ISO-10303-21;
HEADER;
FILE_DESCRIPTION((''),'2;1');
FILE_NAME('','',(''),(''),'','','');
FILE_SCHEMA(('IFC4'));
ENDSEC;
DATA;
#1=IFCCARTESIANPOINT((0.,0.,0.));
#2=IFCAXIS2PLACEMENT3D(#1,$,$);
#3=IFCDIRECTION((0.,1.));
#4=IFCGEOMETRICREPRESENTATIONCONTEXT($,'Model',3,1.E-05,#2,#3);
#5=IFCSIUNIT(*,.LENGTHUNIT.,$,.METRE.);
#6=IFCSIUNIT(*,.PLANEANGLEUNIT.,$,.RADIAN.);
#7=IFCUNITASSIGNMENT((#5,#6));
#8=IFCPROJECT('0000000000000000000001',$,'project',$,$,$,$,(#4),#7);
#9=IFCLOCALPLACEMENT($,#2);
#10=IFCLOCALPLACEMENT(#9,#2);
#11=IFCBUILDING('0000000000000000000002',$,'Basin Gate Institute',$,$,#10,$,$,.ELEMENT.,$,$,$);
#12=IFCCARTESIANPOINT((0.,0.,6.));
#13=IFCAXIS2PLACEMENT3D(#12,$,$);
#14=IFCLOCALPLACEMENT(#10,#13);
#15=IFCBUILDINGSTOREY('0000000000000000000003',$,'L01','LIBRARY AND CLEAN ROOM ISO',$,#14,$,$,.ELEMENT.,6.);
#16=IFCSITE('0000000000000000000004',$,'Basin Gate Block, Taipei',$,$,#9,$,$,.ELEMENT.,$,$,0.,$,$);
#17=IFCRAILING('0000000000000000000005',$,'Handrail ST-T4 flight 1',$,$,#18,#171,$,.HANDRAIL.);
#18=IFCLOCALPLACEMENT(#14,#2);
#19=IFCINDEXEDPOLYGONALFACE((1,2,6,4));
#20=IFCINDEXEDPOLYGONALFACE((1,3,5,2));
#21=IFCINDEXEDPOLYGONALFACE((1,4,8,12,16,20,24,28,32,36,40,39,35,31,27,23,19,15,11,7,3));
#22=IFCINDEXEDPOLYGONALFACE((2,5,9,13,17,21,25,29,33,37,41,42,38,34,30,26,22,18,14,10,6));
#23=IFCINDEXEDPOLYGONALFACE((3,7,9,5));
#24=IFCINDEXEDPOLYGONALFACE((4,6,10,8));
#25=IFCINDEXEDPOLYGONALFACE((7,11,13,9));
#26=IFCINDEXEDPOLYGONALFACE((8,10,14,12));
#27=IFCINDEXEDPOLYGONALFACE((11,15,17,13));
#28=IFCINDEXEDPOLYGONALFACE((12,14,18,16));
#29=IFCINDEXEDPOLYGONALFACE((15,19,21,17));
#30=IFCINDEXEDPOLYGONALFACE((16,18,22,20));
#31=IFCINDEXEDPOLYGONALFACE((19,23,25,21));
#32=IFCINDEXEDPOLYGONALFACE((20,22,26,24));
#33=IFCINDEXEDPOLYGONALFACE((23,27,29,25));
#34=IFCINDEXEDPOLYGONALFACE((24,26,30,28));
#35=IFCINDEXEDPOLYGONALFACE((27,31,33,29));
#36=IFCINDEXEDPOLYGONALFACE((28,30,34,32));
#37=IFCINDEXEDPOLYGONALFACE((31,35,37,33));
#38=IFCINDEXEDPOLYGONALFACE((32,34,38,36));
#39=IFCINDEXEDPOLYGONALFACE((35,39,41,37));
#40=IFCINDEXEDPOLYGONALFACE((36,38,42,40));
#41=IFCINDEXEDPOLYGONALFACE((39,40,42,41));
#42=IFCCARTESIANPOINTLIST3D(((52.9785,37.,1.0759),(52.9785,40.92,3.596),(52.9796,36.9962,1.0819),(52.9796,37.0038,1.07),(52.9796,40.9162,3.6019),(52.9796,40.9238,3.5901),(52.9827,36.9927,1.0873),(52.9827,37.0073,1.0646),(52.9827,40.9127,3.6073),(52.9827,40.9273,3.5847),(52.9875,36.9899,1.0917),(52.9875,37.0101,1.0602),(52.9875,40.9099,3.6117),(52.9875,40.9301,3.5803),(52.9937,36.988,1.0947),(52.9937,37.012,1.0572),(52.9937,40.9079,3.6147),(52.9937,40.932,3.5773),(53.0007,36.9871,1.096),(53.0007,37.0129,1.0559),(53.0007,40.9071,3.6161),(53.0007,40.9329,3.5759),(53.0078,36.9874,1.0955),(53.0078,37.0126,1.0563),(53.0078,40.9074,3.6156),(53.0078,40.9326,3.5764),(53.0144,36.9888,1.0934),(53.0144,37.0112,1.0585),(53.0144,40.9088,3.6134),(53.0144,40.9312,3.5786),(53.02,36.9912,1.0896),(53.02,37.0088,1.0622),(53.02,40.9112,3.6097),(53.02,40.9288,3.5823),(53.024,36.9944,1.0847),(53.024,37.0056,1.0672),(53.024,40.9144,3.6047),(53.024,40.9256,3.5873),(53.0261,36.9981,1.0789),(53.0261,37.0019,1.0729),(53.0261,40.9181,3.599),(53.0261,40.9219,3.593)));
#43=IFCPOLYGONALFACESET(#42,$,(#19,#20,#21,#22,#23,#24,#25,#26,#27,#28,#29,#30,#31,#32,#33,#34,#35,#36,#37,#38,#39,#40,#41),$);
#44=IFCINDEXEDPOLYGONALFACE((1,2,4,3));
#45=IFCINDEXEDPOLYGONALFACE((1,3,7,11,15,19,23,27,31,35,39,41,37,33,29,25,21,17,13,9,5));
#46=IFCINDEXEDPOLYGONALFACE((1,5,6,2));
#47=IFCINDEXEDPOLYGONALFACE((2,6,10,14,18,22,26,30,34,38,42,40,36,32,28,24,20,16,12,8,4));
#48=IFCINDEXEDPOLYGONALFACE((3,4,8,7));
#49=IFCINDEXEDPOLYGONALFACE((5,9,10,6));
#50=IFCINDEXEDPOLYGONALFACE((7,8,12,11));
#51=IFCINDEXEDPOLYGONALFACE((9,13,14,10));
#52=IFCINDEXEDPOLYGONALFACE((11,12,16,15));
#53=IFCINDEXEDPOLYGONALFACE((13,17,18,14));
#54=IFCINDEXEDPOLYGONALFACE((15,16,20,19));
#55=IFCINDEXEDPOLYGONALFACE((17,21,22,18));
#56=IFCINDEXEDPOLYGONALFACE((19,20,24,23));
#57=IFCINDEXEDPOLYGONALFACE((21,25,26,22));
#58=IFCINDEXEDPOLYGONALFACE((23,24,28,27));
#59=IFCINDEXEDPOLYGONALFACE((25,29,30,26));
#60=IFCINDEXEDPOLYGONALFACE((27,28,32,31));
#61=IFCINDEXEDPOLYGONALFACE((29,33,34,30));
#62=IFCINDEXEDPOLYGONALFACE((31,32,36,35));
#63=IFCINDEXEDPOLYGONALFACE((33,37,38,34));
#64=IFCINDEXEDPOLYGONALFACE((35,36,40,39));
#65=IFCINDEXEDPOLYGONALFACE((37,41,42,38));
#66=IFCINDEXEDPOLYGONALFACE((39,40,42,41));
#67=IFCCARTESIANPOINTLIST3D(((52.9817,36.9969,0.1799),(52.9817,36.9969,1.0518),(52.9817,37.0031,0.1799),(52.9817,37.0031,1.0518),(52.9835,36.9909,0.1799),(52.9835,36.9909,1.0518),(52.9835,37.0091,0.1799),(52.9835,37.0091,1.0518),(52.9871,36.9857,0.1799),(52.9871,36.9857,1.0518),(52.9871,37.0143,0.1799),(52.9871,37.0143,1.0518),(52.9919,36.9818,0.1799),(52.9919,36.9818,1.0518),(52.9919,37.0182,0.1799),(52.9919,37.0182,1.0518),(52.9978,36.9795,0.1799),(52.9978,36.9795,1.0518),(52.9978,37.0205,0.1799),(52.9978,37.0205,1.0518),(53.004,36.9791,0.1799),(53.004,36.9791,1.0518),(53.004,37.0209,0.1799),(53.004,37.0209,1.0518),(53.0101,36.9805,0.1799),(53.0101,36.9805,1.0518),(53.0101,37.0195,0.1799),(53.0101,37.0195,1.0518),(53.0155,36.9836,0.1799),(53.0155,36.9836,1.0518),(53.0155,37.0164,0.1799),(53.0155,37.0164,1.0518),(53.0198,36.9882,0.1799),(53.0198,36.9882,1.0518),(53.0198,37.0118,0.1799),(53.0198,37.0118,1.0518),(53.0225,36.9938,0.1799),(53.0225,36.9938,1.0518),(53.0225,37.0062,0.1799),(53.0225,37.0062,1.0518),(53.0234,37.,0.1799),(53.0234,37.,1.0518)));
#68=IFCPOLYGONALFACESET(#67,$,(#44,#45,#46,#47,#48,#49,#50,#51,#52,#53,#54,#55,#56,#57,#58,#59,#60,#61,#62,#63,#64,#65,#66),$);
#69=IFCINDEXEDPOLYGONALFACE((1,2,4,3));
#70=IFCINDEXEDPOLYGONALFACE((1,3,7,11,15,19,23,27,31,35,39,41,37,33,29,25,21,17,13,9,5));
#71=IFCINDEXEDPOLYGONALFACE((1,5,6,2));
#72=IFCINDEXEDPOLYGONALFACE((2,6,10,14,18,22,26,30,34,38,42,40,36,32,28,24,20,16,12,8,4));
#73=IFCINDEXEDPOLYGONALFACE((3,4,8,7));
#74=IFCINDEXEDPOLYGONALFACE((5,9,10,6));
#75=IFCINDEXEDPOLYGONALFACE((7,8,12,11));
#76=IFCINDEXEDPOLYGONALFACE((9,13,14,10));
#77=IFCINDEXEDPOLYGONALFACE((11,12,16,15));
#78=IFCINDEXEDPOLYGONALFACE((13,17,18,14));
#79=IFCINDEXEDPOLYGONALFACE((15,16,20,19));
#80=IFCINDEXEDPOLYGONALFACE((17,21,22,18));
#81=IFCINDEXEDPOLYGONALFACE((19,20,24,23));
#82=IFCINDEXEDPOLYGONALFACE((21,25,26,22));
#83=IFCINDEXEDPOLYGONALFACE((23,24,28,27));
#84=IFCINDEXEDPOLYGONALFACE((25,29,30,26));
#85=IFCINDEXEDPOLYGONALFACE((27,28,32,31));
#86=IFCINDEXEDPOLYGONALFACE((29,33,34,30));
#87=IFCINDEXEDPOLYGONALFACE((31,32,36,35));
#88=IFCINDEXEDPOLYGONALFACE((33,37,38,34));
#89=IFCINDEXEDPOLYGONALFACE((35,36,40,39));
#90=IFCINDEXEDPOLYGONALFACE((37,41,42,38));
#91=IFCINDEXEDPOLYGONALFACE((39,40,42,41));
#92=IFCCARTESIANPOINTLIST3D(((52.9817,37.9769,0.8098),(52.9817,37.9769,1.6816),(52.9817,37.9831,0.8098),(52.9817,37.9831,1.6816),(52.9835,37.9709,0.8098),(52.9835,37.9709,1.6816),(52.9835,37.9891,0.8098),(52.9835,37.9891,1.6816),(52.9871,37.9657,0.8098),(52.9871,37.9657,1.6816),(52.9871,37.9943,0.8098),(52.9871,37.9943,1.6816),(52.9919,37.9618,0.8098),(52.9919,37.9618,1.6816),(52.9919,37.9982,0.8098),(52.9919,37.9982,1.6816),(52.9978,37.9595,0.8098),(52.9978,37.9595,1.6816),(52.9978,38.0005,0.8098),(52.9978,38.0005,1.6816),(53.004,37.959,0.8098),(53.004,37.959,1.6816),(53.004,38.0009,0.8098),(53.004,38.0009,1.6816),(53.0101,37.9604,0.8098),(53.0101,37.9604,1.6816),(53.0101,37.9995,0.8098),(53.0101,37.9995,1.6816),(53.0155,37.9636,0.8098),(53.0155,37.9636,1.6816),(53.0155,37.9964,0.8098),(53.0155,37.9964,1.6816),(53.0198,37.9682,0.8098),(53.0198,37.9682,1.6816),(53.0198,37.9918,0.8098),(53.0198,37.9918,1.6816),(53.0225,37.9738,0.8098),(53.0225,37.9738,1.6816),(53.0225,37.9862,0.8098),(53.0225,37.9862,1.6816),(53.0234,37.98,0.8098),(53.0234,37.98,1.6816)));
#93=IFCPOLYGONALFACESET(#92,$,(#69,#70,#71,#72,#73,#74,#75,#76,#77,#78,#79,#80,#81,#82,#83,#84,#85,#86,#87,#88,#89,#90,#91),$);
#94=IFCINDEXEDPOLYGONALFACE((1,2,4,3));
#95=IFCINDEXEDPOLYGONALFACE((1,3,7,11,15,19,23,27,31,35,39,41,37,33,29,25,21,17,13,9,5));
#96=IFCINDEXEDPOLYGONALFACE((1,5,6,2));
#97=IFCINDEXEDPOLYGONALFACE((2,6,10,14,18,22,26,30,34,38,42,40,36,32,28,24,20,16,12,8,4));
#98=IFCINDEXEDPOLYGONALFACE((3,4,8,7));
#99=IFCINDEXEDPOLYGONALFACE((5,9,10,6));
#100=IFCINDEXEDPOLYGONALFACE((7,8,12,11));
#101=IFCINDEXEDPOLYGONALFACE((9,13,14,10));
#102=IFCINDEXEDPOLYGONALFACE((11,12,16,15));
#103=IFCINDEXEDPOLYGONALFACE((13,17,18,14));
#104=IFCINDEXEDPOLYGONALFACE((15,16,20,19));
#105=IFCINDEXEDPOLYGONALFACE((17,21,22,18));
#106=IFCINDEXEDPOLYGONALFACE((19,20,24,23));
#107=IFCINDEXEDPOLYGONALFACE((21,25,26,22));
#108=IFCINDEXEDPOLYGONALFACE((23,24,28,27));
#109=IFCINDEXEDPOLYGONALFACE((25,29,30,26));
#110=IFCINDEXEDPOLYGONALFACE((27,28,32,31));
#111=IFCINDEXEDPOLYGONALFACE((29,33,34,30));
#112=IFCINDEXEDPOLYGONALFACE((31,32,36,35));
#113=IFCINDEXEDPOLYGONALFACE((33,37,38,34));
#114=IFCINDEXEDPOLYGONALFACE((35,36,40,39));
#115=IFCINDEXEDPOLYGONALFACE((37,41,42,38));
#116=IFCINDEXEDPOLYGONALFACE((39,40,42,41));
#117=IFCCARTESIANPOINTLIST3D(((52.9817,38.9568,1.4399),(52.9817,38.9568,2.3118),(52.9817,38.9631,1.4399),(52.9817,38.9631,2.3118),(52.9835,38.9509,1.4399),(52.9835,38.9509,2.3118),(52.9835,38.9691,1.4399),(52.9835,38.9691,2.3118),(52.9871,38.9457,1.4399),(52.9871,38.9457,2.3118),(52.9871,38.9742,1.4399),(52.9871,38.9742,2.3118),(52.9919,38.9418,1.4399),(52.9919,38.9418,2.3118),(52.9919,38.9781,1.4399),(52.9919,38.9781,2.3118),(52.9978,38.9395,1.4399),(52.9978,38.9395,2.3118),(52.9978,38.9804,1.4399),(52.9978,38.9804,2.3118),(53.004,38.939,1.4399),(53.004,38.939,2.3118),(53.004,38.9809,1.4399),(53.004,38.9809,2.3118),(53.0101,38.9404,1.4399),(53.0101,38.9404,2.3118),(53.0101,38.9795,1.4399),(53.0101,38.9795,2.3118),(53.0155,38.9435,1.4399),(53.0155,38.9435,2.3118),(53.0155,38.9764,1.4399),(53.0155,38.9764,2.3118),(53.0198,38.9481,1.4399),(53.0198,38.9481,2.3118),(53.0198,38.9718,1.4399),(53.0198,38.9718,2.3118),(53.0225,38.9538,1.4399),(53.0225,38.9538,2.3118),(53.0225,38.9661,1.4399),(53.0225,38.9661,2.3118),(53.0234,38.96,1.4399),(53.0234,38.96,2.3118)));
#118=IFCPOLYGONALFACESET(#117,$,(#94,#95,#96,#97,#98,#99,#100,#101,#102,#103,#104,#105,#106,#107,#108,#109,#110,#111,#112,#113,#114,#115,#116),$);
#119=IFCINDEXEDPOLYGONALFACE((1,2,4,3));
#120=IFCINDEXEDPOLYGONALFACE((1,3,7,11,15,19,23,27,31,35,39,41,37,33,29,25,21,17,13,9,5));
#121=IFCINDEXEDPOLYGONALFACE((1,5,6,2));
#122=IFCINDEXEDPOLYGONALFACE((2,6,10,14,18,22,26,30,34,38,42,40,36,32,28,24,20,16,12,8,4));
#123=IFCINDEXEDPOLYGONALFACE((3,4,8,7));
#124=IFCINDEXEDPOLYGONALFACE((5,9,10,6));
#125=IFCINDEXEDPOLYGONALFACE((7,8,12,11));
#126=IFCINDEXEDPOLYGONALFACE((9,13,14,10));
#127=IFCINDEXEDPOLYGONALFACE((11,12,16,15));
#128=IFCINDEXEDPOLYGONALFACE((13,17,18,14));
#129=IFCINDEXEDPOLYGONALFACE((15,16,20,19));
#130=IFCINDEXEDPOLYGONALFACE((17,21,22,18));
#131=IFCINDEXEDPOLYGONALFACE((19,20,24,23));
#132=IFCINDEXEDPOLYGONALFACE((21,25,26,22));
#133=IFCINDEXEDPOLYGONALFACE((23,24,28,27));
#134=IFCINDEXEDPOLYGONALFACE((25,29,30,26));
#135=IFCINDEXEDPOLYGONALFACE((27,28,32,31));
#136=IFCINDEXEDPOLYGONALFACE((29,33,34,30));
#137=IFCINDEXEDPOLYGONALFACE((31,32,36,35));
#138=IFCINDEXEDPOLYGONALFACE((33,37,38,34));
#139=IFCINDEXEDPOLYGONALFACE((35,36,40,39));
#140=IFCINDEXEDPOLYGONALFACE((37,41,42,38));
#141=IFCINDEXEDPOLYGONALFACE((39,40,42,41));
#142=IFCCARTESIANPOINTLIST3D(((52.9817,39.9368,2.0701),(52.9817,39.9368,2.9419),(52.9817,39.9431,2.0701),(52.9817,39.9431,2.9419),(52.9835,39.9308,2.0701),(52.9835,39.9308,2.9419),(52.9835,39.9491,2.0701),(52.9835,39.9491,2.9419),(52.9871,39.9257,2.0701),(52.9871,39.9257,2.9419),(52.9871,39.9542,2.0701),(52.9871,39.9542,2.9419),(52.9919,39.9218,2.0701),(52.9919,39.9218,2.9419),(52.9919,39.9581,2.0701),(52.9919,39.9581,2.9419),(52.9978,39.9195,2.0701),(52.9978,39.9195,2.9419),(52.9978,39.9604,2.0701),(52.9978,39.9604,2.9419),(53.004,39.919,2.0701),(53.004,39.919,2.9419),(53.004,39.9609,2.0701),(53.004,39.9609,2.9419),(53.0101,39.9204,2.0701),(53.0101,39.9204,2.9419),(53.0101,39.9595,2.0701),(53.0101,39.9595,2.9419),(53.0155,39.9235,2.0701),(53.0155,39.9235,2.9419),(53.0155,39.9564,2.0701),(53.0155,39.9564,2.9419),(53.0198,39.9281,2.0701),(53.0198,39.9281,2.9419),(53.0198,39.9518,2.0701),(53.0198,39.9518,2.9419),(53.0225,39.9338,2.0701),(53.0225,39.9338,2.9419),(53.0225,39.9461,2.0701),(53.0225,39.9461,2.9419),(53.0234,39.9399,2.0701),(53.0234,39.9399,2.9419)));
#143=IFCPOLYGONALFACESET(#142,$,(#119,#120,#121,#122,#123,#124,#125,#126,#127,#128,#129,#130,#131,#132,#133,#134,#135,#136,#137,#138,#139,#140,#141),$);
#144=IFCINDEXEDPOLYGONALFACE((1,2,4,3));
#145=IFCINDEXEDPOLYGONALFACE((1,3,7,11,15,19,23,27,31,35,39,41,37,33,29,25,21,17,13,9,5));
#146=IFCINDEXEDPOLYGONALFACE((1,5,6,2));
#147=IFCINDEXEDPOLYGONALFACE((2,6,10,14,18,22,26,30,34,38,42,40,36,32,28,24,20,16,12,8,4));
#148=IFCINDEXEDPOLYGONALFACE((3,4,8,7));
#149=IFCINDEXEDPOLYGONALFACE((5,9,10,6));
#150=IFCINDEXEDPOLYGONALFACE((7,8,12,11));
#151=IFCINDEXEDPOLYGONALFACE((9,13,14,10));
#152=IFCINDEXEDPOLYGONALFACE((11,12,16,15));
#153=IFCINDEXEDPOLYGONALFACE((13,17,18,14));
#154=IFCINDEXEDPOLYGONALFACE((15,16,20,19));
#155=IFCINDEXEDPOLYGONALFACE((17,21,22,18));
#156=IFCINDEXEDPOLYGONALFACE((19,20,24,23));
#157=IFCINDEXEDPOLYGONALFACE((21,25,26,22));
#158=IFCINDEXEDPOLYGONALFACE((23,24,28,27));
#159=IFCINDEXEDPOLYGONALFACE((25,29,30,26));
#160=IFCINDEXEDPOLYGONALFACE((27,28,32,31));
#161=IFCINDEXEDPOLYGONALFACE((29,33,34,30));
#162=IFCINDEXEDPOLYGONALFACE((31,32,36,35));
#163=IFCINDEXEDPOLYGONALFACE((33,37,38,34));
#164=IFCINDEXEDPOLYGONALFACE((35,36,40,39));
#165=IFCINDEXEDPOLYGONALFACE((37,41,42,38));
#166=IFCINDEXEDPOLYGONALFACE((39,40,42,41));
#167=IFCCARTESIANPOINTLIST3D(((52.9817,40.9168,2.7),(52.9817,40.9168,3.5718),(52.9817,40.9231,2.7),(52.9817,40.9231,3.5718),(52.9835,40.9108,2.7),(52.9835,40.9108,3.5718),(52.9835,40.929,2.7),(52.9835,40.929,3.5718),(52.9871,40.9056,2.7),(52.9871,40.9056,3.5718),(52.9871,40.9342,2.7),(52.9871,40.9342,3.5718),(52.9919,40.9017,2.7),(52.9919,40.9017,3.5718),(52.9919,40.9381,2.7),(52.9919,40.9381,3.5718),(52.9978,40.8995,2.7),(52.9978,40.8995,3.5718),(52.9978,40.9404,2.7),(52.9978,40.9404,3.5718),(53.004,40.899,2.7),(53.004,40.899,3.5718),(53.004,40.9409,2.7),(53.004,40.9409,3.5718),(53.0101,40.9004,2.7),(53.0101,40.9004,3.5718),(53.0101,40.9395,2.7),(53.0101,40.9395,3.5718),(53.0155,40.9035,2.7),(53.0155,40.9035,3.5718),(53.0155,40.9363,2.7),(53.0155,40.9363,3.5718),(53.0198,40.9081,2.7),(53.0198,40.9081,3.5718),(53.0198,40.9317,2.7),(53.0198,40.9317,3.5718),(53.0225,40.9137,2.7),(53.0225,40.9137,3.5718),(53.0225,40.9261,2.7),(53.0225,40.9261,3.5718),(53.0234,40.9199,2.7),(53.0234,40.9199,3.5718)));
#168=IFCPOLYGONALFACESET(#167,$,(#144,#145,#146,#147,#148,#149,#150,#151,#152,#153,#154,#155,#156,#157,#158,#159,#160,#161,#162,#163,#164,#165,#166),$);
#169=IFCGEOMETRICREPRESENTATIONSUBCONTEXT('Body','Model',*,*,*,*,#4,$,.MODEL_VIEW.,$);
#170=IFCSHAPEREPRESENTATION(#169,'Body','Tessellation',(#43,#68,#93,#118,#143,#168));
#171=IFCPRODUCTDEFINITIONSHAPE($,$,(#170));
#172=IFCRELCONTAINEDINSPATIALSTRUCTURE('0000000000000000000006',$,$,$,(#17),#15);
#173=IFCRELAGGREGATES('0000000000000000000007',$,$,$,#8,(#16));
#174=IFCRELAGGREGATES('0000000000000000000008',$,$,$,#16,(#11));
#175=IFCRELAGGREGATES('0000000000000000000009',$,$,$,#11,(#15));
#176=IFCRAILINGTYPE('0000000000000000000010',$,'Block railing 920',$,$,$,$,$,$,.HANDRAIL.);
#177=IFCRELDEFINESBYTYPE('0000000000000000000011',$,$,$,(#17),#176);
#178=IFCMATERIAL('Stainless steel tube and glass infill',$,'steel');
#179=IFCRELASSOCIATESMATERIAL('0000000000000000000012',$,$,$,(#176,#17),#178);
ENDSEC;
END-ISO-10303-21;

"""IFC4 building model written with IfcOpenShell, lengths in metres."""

from ifc_helpers import new_model, si_unit, direction, frame, origin, origin_2d, place, context, subcontext, project, spatial, circle, extrude, material, type_object, element, save


model = new_model("IFC4")

# Units and contexts
model_context = context("Model", 3, precision=1e-05, world=origin(), true_north=direction((0.0, 1.0)))
body_context = subcontext(model_context, "Body", "Model", "MODEL_VIEW")
ifc_project = project(units=[si_unit("LENGTHUNIT", "METRE"), si_unit("PLANEANGLEUNIT", "RADIAN")], contexts=[model_context])

# Site, building, storey
site_placement = place(None, origin())
site = spatial("IfcSite", under=ifc_project, at=site_placement, Name="Basin Gate Block, Taipei", CompositionType="ELEMENT", RefElevation=0.0)
building_placement = place(site_placement, origin())
building = spatial("IfcBuilding", under=site, at=building_placement, Name="Basin Gate Institute", CompositionType="ELEMENT")
storey_placement = place(building_placement, frame((0.0, 0.0, 6.0)))
storey = spatial("IfcBuildingStorey", under=building, at=storey_placement, Name="L01", Description="LIBRARY AND CLEAN ROOM ISO", CompositionType="ELEMENT", Elevation=6.0)

# Railing
ifc_material_1 = material(Name="Stainless steel tube and glass infill", Category="steel")
railing_type_1 = type_object("IfcRailingType", Name="Block railing 920", PredefinedType="HANDRAIL", material=ifc_material_1)
railing_1_placement = place(storey_placement, frame((53.0024, 37.0, 0.1799)))
element("IfcRailing", 1, at=railing_1_placement, inside=storey, type_object=railing_type_1, material=ifc_material_1, Name="Handrail ST-T4 flight 1", PredefinedType="HANDRAIL", context=body_context, shape_type="SweptSolid", body=[
    extrude(circle(Radius=0.0239, at=origin_2d()), frame((0.0, 0.0, 0.896), z_axis=(0.0, 0.841172, 0.540768), x_axis=(-1.0, 0.0, 0.0)), (0.0, 0.0, 1.0), 4.6602),
    extrude(circle(Radius=0.021, at=origin_2d()), origin(), (0.0, 0.0, 1.0), 0.8718),
    extrude(circle(Radius=0.021, at=origin_2d()), frame((0.0, 0.98, 0.6299)), (0.0, 0.0, 1.0), 0.8718),
    extrude(circle(Radius=0.021, at=origin_2d()), frame((0.0, 1.96, 1.26)), (0.0, 0.0, 1.0), 0.8718),
    extrude(circle(Radius=0.021, at=origin_2d()), frame((0.0, 2.9399, 1.8901)), (0.0, 0.0, 1.0), 0.8718),
    extrude(circle(Radius=0.021, at=origin_2d()), frame((0.0, 3.9199, 2.52)), (0.0, 0.0, 1.0), 0.8718),
])

save(model, "model.ifc")
